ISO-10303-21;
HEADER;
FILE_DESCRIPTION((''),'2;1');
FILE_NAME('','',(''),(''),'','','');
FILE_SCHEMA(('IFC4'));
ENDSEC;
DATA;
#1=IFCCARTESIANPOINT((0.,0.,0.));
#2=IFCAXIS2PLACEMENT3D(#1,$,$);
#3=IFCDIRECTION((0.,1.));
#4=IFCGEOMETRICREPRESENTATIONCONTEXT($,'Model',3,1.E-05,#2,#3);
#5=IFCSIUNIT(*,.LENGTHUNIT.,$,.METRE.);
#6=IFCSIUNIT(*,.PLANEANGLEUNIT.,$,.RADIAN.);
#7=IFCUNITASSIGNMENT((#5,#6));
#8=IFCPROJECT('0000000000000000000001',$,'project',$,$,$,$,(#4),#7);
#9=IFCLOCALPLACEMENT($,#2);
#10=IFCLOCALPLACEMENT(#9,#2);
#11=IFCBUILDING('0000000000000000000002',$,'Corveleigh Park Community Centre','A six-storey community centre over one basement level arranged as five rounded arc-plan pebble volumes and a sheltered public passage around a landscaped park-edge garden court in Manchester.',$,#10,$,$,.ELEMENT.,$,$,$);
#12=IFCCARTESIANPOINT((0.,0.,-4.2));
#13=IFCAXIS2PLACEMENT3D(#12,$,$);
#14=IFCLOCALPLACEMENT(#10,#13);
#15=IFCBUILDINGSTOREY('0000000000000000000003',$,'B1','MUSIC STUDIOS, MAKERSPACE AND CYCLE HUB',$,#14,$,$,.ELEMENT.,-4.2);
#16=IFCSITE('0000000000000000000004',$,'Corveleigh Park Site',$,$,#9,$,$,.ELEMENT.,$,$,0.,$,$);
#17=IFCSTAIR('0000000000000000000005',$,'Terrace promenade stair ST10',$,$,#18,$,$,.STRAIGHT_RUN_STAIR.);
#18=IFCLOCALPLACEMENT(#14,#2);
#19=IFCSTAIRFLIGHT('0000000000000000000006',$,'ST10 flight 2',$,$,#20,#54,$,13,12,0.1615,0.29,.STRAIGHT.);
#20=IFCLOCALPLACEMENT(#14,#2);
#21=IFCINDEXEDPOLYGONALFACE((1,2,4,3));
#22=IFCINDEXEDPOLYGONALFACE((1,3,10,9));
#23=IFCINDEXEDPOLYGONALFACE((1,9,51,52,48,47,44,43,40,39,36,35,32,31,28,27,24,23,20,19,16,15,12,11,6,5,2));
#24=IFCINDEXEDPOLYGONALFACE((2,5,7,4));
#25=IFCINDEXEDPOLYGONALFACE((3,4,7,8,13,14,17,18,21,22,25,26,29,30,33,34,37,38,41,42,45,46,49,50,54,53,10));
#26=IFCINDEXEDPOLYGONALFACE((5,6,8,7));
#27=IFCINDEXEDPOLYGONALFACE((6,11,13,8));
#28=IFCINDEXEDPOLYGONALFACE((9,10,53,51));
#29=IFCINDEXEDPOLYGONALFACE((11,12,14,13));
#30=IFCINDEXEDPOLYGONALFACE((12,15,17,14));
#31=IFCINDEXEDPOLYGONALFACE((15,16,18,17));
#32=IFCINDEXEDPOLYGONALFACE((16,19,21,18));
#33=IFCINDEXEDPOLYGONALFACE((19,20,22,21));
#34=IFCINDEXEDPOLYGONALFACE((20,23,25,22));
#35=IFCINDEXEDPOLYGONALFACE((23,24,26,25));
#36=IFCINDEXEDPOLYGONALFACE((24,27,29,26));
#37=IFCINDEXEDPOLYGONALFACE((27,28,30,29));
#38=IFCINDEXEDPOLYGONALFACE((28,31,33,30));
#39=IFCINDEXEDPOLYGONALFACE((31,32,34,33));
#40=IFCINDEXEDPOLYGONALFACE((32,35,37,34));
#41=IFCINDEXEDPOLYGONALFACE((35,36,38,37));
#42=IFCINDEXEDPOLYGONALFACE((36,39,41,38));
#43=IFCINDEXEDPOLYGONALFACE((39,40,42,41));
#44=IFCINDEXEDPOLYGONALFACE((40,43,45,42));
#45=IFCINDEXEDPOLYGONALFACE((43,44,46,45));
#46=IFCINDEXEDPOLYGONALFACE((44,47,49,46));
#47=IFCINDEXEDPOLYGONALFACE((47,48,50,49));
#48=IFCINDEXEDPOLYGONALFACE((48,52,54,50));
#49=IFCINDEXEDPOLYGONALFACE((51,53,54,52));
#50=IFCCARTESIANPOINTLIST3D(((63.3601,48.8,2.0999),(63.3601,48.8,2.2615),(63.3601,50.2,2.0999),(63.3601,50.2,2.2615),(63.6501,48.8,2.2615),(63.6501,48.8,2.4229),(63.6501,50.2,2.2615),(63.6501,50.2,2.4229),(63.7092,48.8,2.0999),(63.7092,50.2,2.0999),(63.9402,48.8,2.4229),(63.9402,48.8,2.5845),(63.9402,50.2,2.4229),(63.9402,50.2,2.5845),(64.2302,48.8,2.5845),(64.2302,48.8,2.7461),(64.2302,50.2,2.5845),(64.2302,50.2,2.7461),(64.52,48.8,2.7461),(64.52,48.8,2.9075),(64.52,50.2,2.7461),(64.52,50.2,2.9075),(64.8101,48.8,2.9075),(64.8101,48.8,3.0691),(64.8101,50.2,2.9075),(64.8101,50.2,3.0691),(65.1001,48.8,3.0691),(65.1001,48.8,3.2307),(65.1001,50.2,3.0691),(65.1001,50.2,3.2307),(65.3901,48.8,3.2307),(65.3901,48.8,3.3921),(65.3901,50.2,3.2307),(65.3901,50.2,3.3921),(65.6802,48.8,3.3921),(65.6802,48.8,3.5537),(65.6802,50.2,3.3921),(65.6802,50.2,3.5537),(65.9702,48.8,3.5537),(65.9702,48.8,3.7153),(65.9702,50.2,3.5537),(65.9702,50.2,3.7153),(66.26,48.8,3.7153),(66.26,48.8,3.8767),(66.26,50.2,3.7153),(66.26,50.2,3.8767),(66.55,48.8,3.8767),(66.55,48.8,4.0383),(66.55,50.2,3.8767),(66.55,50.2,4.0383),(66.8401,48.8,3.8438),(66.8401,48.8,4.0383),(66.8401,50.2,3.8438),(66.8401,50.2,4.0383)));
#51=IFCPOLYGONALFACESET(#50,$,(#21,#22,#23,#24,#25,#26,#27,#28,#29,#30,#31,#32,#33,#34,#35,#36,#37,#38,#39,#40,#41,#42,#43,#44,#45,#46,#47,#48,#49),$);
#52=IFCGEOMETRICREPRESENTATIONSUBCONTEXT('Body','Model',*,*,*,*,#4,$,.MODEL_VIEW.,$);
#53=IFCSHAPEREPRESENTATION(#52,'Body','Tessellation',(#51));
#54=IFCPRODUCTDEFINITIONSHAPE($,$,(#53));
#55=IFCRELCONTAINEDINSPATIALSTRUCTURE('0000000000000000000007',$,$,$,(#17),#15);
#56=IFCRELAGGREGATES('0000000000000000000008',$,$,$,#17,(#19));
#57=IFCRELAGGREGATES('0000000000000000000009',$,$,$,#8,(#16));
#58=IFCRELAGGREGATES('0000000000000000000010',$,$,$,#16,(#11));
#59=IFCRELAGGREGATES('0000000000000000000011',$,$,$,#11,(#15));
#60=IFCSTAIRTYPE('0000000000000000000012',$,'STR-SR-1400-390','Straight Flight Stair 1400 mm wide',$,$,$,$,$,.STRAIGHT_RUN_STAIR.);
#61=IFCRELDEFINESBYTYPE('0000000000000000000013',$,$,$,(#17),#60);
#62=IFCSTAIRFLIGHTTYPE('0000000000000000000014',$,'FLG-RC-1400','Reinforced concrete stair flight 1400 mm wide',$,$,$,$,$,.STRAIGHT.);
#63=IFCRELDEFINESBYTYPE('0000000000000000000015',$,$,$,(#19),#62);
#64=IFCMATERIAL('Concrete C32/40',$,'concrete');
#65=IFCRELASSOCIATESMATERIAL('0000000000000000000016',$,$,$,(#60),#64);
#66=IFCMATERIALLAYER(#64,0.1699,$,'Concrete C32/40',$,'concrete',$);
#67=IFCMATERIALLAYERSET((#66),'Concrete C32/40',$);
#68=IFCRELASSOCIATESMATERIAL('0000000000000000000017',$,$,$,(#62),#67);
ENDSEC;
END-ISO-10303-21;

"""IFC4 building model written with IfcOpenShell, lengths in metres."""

from ifc_helpers import new_model, si_unit, direction, frame, origin, place, context, subcontext, project, spatial, polyline, outline, extrude, material, layer, layer_set, type_object, element, aggregate, save


model = new_model("IFC4")

# Units and contexts
model_context = context("Model", 3, precision=1e-05, world=origin(), true_north=direction((0.0, 1.0)))
body_context = subcontext(model_context, "Body", "Model", "MODEL_VIEW")
ifc_project = project(units=[si_unit("LENGTHUNIT", "METRE"), si_unit("PLANEANGLEUNIT", "RADIAN")], contexts=[model_context])

# Site, building, storey
site_placement = place(None, origin())
site = spatial("IfcSite", under=ifc_project, at=site_placement, Name="Corveleigh Park Site", CompositionType="ELEMENT", RefElevation=0.0)
building_placement = place(site_placement, origin())
building = spatial("IfcBuilding", under=site, at=building_placement, Name="Corveleigh Park Community Centre", Description="A six-storey community centre over one basement level arranged as five rounded arc-plan pebble volumes and a sheltered public passage around a landscaped park-edge garden court in Manchester.", CompositionType="ELEMENT")
storey_placement = place(building_placement, frame((0.0, 0.0, -4.2)))
storey = spatial("IfcBuildingStorey", under=building, at=storey_placement, Name="B1", Description="MUSIC STUDIOS, MAKERSPACE AND CYCLE HUB", CompositionType="ELEMENT", Elevation=-4.2)

# Shared definitions
ifc_material_1 = material(Name="Concrete C32/40", Category="concrete")

# Stair, stair flight
stair_type = type_object("IfcStairType", Name="STR-SR-1400-390", Description="Straight Flight Stair 1400 mm wide", PredefinedType="STRAIGHT_RUN_STAIR", material=ifc_material_1)
stair_placement = place(storey_placement, origin())
stair = element("IfcStair", 1, at=stair_placement, inside=storey, type_object=stair_type, Name="Terrace promenade stair ST10", PredefinedType="STRAIGHT_RUN_STAIR")
ifc_layer = layer(ifc_material_1, 0.1699, Name="Concrete C32/40", Category="concrete")
ifc_layer_set = layer_set([ifc_layer], Name="Concrete C32/40")
stair_flight_type = type_object("IfcStairFlightType", Name="FLG-RC-1400", Description="Reinforced concrete stair flight 1400 mm wide", PredefinedType="STRAIGHT", material=ifc_layer_set)
stair_flight_1_placement = place(storey_placement, frame((63.3601, 49.5, 2.0999), z_axis=(0.0, 0.0, 1.0), x_axis=(1.0, 0.0, 0.0)))
stair_flight_1 = element("IfcStairFlight", 2, at=stair_flight_1_placement, type_object=stair_flight_type, Name="ST10 flight 2", NumberOfRisers=13, NumberOfTreads=12, PredefinedType="STRAIGHT", RiserHeight=0.1615, TreadLength=0.29, context=body_context, shape_type="SweptSolid", body=[
    extrude(outline(polyline([(0.0, 0.0), (0.0, 0.1616), (0.29, 0.1616), (0.29, 0.323), (0.5801, 0.323), (0.5801, 0.4846), (0.8701, 0.4846), (0.8701, 0.6462), (1.1599, 0.6462), (1.1599, 0.8076), (1.45, 0.8076), (1.45, 0.9692), (1.74, 0.9692), (1.74, 1.1309), (2.03, 1.1309), (2.03, 1.2922), (2.3201, 1.2922), (2.3201, 1.4539), (2.6101, 1.4539), (2.6101, 1.6155), (2.8999, 1.6155), (2.8999, 1.7769), (3.1899, 1.7769), (3.1899, 1.9385), (3.48, 1.9385), (3.48, 2.1001), (3.48, 1.7439), (0.3491, 0.0), (0.0, 0.0)])), frame((0.0, 0.7, 0.0), z_axis=(0.0, -1.0, 0.0), x_axis=(1.0, 0.0, 0.0)), (0.0, 0.0, 1.0), 1.3999),
])
aggregate(stair, [stair_flight_1])

save(model, "model.ifc")
